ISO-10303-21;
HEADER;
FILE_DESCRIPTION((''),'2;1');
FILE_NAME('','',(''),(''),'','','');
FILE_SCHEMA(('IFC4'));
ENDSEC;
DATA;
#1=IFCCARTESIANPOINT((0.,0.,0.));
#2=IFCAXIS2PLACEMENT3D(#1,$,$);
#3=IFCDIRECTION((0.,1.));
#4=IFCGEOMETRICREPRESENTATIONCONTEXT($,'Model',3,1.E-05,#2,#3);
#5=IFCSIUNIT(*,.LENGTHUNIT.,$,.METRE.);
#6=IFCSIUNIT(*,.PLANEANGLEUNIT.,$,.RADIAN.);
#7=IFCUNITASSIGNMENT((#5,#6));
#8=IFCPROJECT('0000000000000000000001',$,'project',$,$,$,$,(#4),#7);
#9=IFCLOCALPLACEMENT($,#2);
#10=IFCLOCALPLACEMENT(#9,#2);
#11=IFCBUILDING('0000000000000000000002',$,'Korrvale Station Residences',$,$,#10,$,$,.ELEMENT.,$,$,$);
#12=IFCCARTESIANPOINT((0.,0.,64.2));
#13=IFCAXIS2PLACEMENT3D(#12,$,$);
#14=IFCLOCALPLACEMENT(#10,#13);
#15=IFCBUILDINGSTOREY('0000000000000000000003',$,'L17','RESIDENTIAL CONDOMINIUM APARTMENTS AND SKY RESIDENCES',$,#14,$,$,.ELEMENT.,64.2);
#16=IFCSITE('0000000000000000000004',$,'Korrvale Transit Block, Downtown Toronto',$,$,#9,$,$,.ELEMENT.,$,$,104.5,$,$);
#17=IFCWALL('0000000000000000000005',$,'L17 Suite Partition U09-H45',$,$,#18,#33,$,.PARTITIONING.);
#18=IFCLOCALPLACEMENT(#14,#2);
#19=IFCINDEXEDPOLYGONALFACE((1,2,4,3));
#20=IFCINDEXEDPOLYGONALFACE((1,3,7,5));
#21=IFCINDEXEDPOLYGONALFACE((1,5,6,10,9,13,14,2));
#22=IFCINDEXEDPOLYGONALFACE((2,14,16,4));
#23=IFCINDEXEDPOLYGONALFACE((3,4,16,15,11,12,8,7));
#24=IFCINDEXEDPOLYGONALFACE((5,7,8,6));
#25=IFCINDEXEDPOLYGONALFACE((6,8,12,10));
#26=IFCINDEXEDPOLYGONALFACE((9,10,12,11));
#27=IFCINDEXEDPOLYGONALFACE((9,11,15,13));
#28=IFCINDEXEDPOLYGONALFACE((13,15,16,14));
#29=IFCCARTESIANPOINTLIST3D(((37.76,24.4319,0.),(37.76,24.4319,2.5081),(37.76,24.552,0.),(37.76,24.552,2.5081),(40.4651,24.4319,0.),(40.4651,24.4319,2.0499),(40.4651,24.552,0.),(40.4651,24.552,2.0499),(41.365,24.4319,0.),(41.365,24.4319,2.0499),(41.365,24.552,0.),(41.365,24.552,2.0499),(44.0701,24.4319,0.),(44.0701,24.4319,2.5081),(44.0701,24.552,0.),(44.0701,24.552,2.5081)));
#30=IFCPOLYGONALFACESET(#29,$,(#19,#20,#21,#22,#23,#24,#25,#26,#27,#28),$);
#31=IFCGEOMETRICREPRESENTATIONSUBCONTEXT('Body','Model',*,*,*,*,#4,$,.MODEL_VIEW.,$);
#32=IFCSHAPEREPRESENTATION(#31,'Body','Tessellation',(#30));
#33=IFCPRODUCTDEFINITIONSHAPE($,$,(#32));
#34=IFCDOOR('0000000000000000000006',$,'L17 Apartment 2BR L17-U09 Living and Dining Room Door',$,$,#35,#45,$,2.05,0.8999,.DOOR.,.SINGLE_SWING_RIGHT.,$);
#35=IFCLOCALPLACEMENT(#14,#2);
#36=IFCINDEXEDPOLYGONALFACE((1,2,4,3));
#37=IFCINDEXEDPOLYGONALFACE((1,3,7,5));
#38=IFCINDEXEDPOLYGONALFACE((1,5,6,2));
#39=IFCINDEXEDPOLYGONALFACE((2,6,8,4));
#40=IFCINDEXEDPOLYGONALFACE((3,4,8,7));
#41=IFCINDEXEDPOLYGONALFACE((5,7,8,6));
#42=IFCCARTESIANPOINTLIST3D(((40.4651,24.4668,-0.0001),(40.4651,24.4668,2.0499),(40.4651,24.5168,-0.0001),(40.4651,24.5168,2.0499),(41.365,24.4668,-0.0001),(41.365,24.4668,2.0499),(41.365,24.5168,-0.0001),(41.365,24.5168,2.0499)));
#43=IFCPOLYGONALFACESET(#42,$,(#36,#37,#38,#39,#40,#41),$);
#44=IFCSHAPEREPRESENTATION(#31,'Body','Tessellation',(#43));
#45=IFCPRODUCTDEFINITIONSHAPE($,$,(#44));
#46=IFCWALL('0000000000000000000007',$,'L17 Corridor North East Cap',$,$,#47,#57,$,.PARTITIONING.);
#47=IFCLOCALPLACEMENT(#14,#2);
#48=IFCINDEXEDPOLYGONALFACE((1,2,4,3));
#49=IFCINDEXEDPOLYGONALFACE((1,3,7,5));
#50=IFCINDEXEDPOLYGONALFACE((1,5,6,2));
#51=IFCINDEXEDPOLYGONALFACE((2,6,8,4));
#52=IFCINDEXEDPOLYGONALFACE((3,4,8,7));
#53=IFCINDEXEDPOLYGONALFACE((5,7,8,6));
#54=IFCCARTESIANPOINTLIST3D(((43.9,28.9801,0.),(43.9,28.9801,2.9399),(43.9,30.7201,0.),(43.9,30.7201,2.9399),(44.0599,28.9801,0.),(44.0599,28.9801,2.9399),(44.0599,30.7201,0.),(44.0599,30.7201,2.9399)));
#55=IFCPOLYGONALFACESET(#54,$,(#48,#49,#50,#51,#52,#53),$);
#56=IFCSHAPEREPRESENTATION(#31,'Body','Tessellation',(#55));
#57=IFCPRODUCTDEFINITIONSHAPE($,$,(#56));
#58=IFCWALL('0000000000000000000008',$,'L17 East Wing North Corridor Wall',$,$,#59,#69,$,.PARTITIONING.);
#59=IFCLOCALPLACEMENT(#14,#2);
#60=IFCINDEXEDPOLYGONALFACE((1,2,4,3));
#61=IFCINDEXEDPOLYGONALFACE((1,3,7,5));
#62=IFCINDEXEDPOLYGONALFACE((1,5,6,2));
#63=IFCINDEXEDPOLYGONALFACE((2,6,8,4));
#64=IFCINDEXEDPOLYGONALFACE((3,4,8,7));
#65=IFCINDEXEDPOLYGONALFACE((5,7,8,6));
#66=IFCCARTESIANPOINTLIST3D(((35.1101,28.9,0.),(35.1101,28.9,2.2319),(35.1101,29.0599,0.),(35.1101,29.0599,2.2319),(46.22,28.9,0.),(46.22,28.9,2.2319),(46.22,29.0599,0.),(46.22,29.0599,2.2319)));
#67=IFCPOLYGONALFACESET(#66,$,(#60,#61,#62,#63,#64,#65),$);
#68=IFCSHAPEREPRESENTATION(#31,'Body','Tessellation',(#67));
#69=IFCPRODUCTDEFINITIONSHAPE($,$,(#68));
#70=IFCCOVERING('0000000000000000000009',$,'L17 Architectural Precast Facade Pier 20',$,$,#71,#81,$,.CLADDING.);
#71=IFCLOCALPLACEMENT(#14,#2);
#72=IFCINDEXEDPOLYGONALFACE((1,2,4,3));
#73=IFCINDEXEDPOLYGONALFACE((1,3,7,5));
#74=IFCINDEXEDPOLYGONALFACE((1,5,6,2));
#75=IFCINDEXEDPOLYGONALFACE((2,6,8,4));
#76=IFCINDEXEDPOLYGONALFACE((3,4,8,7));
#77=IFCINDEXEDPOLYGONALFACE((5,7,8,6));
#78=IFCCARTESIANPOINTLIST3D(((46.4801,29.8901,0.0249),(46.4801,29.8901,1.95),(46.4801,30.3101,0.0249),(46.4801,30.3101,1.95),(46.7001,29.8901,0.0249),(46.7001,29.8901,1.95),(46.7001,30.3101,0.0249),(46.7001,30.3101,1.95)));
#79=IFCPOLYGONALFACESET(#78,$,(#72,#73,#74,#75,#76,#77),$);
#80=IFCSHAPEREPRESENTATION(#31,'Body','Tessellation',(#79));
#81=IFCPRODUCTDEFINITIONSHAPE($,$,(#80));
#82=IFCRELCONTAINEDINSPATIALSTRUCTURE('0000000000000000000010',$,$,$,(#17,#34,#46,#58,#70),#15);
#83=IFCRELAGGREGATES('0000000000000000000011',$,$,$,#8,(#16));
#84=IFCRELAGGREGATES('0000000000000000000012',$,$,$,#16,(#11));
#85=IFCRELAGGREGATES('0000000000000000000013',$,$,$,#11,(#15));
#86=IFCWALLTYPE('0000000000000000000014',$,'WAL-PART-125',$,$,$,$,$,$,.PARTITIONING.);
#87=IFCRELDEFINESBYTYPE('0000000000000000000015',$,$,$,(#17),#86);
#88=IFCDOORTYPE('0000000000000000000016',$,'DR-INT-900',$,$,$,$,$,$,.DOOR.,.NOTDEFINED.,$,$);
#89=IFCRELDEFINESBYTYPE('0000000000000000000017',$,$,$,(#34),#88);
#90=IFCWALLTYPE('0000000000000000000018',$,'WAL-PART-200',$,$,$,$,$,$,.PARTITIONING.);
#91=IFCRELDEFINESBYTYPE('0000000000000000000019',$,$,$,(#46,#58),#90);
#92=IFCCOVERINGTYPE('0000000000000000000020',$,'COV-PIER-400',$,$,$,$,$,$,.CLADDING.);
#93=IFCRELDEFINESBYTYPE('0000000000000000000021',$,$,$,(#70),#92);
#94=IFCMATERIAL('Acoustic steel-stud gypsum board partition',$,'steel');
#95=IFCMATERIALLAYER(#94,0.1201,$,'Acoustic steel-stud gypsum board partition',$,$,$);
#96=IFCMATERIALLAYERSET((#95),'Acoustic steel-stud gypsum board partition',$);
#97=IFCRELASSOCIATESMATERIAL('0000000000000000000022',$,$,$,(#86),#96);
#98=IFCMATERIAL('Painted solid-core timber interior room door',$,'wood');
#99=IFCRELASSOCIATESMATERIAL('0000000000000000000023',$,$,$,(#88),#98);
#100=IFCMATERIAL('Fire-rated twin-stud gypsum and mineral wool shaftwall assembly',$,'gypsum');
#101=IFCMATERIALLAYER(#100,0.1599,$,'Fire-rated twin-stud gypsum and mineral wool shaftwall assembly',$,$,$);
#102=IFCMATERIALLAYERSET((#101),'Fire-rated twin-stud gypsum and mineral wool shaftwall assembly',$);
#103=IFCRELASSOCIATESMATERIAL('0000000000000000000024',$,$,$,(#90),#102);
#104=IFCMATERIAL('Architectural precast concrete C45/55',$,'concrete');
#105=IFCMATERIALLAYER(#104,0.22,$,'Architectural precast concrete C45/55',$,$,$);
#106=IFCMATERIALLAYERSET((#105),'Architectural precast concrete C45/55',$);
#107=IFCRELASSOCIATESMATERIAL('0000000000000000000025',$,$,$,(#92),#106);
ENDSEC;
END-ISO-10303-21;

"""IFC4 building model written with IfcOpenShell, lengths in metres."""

from ifc_helpers import new_model, si_unit, direction, frame, frame_2d, origin, origin_2d, place, context, subcontext, project, spatial, rectangle, extrude, material, layer, layer_set, type_object, element, fill, save


model = new_model("IFC4")

# Units and contexts
model_context = context("Model", 3, precision=1e-05, world=origin(), true_north=direction((0.0, 1.0)))
body_context = subcontext(model_context, "Body", "Model", "MODEL_VIEW")
ifc_project = project(units=[si_unit("LENGTHUNIT", "METRE"), si_unit("PLANEANGLEUNIT", "RADIAN")], contexts=[model_context])

# Site, building, storey
site_placement = place(None, origin())
site = spatial("IfcSite", under=ifc_project, at=site_placement, Name="Korrvale Transit Block, Downtown Toronto", CompositionType="ELEMENT", RefElevation=104.5)
building_placement = place(site_placement, origin())
building = spatial("IfcBuilding", under=site, at=building_placement, Name="Korrvale Station Residences", CompositionType="ELEMENT")
storey_placement = place(building_placement, frame((0.0, 0.0, 64.2)))
storey = spatial("IfcBuildingStorey", under=building, at=storey_placement, Name="L17", Description="RESIDENTIAL CONDOMINIUM APARTMENTS AND SKY RESIDENCES", CompositionType="ELEMENT", Elevation=64.2)

# Wall, opening, door
ifc_material_1 = material(Name="Acoustic steel-stud gypsum board partition", Category="steel")
ifc_layer_1 = layer(ifc_material_1, 0.1201, Name="Acoustic steel-stud gypsum board partition")
ifc_layer_set_1 = layer_set([ifc_layer_1], Name="Acoustic steel-stud gypsum board partition")
wall_type_1 = type_object("IfcWallType", Name="WAL-PART-125", PredefinedType="PARTITIONING", material=ifc_layer_set_1)
ifc_material_2 = material(Name="Painted solid-core timber interior room door", Category="wood")
door_type_1 = type_object("IfcDoorType", Name="DR-INT-900", OperationType="NOTDEFINED", PredefinedType="DOOR", material=ifc_material_2)
wall_1_placement = place(storey_placement, frame((37.76, 24.4919, 0.0), z_axis=(0.0, 0.0, 1.0), x_axis=(1.0, 0.0, 0.0)))
wall_1 = element("IfcWall", 1, at=wall_1_placement, inside=storey, type_object=wall_type_1, Name="L17 Suite Partition U09-H45", PredefinedType="PARTITIONING", context=body_context, shape_type="SweptSolid", body=[
    extrude(rectangle(XDim=6.3101, YDim=0.1201, at=frame_2d((3.155, 0.0))), origin(), (0.0, 0.0, 1.0), 2.5081),
])
opening_1_placement = place(wall_1_placement, frame((2.7051, 0.0, 0.0)))
opening_1 = element("IfcOpeningElement", 2, at=opening_1_placement, cuts=wall_1, PredefinedType="OPENING", context=body_context, shape_type="SweptSolid", body=[
    extrude(rectangle(XDim=0.8999, YDim=2.05, at=frame_2d((0.45, 1.0249))), frame((0.0, 0.0701, 0.0), z_axis=(0.0, -1.0, 0.0), x_axis=(1.0, 0.0, 0.0)), (0.0, 0.0, 1.0), 0.1401),
])
door_1_placement = place(opening_1_placement, origin())
door_1 = element("IfcDoor", 3, at=door_1_placement, inside=storey, type_object=door_type_1, Name="L17 Apartment 2BR L17-U09 Living and Dining Room Door", OperationType="SINGLE_SWING_RIGHT", OverallHeight=2.05, OverallWidth=0.8999, PredefinedType="DOOR", context=body_context, shape_type="SweptSolid", body=[
    extrude(rectangle(XDim=0.8999, YDim=2.05, at=frame_2d((0.45, 1.0249))), frame((0.0, 0.0249, 0.0), z_axis=(0.0, -1.0, 0.0), x_axis=(1.0, 0.0, 0.0)), (0.0, 0.0, 1.0), 0.05),
])
fill(opening_1, door_1)

# Walls
ifc_material_3 = material(Name="Fire-rated twin-stud gypsum and mineral wool shaftwall assembly", Category="gypsum")
ifc_layer_2 = layer(ifc_material_3, 0.1599, Name="Fire-rated twin-stud gypsum and mineral wool shaftwall assembly")
ifc_layer_set_2 = layer_set([ifc_layer_2], Name="Fire-rated twin-stud gypsum and mineral wool shaftwall assembly")
wall_type_2 = type_object("IfcWallType", Name="WAL-PART-200", PredefinedType="PARTITIONING", material=ifc_layer_set_2)
wall_2_placement = place(storey_placement, frame((43.98, 28.98, 0.0), z_axis=(0.0, 0.0, 1.0), x_axis=(0.0, 1.0, 0.0)))
element("IfcWall", 4, at=wall_2_placement, inside=storey, type_object=wall_type_2, Name="L17 Corridor North East Cap", PredefinedType="PARTITIONING", context=body_context, shape_type="SweptSolid", body=[
    extrude(rectangle(XDim=1.74, YDim=0.1599, at=frame_2d((0.8701, 0.0))), origin(), (0.0, 0.0, 1.0), 2.9399),
])
wall_3_placement = place(storey_placement, frame((35.1101, 28.98, 0.0), z_axis=(0.0, 0.0, 1.0), x_axis=(1.0, 0.0, 0.0)))
element("IfcWall", 5, at=wall_3_placement, inside=storey, type_object=wall_type_2, Name="L17 East Wing North Corridor Wall", PredefinedType="PARTITIONING", context=body_context, shape_type="SweptSolid", body=[
    extrude(rectangle(XDim=11.1099, YDim=0.1599, at=frame_2d((5.5549, 0.0))), origin(), (0.0, 0.0, 1.0), 2.2319),
])

# Covering
ifc_material_4 = material(Name="Architectural precast concrete C45/55", Category="concrete")
ifc_layer_3 = layer(ifc_material_4, 0.22, Name="Architectural precast concrete C45/55")
ifc_layer_set_3 = layer_set([ifc_layer_3], Name="Architectural precast concrete C45/55")
covering_type = type_object("IfcCoveringType", Name="COV-PIER-400", PredefinedType="CLADDING", material=ifc_layer_set_3)
covering_placement = place(storey_placement, frame((46.5901, 30.1001, 0.0249), z_axis=(0.0, 0.0, 1.0), x_axis=(0.0, 1.0, 0.0)))
element("IfcCovering", 6, at=covering_placement, inside=storey, type_object=covering_type, Name="L17 Architectural Precast Facade Pier 20", PredefinedType="CLADDING", context=body_context, shape_type="SweptSolid", body=[
    extrude(rectangle(XDim=0.4199, YDim=0.22, at=origin_2d()), origin(), (0.0, 0.0, 1.0), 1.925),
])

save(model, "model.ifc")
